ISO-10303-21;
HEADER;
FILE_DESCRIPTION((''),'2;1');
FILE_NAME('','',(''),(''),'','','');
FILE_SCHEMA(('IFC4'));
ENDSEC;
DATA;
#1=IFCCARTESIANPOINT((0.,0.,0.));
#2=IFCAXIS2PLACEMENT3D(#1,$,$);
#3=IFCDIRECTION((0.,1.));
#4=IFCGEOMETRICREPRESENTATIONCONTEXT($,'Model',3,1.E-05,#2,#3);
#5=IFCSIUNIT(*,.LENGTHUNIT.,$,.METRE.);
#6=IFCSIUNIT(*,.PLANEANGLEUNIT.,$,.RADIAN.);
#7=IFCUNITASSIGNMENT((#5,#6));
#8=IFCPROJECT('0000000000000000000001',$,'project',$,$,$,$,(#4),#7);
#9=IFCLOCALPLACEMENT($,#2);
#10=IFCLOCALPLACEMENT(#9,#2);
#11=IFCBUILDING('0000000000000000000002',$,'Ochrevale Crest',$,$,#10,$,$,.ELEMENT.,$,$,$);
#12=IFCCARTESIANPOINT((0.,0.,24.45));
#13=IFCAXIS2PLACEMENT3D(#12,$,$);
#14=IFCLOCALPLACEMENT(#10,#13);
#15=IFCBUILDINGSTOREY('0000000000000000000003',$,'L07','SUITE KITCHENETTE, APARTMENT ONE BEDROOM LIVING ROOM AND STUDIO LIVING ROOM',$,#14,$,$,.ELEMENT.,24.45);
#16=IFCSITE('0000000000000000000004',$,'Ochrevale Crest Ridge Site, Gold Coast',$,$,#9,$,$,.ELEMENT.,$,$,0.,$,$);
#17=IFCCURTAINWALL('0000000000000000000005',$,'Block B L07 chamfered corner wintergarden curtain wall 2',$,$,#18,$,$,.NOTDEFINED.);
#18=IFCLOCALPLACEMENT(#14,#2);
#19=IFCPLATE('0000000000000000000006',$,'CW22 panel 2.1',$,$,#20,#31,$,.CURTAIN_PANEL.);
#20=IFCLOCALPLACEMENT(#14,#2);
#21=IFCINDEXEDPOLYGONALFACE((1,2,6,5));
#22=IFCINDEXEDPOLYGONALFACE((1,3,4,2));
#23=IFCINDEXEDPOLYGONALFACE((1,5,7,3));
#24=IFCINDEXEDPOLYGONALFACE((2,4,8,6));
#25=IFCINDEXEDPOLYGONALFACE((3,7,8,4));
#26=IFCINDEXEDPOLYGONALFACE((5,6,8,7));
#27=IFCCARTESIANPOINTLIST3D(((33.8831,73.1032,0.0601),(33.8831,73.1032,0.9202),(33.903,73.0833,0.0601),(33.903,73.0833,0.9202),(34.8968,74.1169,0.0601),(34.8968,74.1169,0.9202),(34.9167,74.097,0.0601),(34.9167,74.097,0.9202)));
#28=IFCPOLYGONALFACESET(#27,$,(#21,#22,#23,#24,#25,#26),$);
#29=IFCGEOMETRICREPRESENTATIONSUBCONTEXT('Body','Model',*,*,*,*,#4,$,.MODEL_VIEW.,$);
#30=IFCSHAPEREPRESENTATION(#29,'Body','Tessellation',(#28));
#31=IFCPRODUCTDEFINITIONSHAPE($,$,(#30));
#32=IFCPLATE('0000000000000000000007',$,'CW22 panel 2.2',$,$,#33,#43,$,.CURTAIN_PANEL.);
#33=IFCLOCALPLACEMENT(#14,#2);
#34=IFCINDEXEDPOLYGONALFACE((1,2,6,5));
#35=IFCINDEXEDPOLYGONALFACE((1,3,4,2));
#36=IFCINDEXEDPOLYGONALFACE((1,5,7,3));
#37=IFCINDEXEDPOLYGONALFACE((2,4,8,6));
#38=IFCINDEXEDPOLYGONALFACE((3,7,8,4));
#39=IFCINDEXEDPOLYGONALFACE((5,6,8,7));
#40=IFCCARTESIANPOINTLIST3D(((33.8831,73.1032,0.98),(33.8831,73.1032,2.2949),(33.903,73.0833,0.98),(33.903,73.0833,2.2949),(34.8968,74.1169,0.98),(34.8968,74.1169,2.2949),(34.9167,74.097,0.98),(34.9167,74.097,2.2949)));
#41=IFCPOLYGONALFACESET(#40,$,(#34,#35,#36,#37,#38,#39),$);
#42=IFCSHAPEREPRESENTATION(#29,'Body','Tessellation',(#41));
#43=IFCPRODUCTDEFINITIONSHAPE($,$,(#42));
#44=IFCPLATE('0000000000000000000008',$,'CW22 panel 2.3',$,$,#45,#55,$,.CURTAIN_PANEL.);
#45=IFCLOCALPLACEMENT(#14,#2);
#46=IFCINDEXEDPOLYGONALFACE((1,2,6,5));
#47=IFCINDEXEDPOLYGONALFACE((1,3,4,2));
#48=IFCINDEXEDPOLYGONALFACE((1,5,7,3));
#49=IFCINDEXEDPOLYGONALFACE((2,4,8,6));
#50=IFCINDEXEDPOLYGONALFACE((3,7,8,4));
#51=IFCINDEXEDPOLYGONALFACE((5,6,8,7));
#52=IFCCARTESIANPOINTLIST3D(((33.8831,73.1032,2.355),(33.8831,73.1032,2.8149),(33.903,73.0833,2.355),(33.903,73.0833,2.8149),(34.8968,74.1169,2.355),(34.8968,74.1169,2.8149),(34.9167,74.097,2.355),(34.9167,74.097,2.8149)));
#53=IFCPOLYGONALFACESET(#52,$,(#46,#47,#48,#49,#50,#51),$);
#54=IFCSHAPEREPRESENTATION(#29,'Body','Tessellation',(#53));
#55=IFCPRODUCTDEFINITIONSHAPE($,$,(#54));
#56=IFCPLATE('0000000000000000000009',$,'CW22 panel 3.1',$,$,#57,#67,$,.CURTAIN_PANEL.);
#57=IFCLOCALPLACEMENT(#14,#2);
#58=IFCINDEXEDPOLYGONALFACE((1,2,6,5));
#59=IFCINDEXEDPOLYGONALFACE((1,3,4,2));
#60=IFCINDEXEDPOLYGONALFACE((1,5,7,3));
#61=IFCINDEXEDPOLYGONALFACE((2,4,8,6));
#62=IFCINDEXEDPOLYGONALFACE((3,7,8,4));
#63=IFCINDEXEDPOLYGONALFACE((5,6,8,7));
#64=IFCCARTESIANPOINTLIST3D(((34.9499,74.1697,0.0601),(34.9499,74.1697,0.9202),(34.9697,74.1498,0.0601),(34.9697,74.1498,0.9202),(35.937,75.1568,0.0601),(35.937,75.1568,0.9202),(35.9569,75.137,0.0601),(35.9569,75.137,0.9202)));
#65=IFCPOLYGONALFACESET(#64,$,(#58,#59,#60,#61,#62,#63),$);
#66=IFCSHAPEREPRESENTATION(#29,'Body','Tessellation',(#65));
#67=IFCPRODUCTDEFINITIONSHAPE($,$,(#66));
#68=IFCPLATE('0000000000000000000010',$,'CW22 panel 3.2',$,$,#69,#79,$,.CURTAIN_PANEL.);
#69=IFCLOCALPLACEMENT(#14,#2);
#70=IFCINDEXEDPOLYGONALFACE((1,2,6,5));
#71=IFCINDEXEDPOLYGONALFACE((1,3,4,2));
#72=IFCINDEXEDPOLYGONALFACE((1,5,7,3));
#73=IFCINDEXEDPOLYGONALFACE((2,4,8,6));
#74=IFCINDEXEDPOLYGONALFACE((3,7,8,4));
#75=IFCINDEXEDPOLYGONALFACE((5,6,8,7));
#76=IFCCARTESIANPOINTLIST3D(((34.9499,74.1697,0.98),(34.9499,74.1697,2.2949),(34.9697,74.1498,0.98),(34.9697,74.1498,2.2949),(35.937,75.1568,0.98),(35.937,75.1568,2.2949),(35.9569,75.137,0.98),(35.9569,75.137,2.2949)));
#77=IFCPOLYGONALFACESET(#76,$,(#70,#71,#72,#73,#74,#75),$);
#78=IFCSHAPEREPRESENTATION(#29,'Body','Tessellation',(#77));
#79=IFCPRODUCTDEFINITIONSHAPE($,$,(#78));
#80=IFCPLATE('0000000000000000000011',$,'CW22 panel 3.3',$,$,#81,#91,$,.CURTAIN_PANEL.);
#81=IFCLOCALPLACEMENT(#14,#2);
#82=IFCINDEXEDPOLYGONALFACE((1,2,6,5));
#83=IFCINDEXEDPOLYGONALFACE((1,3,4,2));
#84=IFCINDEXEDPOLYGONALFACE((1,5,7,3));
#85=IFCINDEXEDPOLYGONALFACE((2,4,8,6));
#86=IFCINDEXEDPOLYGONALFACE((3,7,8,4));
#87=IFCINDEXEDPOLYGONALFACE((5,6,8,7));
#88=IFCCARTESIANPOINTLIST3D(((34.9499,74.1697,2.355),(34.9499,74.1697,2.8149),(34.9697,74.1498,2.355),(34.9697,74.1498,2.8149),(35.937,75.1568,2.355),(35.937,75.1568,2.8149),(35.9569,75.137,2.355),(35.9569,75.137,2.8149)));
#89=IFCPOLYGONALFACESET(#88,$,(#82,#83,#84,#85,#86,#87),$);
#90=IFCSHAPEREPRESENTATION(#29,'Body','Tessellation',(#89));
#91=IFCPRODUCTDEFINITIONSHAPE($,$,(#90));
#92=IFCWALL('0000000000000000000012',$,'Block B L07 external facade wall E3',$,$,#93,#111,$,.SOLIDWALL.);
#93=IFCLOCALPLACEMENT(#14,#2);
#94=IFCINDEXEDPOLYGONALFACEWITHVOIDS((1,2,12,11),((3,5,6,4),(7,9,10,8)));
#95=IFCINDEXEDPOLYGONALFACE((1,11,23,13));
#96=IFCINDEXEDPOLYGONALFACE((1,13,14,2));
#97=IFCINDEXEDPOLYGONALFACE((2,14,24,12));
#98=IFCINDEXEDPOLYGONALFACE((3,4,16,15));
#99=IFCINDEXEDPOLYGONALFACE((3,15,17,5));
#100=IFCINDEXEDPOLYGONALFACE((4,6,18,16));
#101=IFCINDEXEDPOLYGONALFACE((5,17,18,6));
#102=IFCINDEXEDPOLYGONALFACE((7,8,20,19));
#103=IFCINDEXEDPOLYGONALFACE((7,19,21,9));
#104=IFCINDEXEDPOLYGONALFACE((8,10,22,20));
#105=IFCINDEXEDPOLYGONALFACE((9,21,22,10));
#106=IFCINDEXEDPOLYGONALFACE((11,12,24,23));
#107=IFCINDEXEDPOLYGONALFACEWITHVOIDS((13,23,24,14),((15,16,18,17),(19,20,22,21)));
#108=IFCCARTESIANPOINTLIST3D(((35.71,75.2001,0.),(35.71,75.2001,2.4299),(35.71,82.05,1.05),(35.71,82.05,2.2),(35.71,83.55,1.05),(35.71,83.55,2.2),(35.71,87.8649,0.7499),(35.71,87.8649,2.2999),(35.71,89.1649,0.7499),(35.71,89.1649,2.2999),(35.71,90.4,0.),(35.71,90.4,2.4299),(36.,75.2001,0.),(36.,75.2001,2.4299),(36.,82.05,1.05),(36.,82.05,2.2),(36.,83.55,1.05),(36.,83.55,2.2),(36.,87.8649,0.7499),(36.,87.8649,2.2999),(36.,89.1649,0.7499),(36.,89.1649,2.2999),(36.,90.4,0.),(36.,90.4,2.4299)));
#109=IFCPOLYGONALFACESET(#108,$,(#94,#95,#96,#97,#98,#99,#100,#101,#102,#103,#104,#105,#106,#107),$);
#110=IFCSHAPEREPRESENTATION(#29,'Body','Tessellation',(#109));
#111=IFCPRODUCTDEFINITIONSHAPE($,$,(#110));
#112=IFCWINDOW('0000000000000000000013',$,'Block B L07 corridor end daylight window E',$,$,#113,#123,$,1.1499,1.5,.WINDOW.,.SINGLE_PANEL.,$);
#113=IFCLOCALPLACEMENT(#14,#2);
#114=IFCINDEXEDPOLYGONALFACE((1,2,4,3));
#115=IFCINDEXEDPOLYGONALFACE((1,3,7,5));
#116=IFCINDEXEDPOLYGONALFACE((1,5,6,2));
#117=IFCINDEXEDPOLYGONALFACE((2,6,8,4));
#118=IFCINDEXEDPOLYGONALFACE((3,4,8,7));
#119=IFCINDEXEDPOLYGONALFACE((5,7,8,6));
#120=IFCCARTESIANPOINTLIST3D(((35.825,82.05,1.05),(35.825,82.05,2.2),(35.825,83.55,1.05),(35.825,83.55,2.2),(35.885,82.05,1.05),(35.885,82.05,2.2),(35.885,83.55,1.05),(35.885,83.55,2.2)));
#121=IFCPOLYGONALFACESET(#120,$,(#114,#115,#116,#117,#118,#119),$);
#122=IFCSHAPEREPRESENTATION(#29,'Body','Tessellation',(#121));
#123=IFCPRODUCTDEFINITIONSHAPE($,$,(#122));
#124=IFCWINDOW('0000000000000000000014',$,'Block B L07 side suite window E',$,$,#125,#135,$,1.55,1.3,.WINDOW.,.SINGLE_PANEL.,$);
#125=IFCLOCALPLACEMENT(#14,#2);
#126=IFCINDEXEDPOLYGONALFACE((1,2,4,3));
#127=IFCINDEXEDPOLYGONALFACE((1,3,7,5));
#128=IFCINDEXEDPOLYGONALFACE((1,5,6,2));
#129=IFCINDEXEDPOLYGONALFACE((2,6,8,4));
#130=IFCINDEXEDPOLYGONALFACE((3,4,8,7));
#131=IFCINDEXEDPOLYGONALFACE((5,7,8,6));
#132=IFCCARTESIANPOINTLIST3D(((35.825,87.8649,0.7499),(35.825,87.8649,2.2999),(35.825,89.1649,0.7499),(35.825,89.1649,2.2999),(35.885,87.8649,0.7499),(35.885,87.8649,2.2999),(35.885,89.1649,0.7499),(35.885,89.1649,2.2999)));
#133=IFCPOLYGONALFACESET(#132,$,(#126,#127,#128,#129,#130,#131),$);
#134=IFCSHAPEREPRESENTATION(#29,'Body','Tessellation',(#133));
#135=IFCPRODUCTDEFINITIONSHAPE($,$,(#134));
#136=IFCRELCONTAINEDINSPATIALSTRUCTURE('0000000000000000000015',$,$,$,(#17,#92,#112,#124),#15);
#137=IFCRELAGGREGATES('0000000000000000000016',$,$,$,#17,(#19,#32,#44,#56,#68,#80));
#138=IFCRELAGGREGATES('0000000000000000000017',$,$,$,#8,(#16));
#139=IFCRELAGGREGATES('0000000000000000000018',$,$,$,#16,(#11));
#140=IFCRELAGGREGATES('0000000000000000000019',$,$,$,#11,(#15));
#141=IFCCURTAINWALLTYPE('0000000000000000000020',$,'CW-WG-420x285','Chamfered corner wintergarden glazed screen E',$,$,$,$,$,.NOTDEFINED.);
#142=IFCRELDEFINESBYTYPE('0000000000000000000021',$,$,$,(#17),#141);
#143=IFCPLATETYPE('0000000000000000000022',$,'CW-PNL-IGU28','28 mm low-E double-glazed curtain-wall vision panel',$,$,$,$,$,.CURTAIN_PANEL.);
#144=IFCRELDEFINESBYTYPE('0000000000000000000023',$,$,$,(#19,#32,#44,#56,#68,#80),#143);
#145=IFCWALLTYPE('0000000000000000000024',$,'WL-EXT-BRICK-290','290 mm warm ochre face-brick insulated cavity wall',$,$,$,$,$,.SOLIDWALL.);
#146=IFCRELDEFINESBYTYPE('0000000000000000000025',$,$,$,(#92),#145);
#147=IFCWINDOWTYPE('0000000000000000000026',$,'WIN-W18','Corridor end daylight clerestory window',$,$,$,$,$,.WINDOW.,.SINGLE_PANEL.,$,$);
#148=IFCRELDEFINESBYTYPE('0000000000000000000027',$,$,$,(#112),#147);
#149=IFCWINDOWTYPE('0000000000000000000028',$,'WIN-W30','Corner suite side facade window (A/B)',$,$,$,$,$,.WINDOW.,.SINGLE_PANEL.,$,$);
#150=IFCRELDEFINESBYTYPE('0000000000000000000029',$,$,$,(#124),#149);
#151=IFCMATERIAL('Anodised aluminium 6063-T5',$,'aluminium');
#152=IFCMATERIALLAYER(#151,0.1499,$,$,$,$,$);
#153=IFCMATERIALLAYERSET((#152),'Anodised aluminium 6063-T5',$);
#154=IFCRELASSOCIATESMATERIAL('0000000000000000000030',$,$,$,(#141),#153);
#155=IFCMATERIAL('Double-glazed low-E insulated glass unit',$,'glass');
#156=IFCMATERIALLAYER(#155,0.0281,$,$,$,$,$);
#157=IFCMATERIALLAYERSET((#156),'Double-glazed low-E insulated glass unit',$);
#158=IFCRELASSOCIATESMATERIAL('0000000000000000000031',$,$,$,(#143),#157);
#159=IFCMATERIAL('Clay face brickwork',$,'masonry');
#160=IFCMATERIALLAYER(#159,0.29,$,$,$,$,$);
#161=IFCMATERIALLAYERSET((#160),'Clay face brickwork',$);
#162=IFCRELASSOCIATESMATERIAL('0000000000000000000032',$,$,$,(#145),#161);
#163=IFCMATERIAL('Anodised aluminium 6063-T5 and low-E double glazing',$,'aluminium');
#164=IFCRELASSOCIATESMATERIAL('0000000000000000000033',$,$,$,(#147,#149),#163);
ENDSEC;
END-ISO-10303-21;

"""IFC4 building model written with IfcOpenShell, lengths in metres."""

from ifc_helpers import new_model, si_unit, direction, frame, frame_2d, origin, origin_2d, place, context, subcontext, project, spatial, rectangle, extrude, material, layer, layer_set, type_object, element, fill, aggregate, save


model = new_model("IFC4")

# Units and contexts
model_context = context("Model", 3, precision=1e-05, world=origin(), true_north=direction((0.0, 1.0)))
body_context = subcontext(model_context, "Body", "Model", "MODEL_VIEW")
ifc_project = project(units=[si_unit("LENGTHUNIT", "METRE"), si_unit("PLANEANGLEUNIT", "RADIAN")], contexts=[model_context])

# Site, building, storey
site_placement = place(None, origin())
site = spatial("IfcSite", under=ifc_project, at=site_placement, Name="Ochrevale Crest Ridge Site, Gold Coast", CompositionType="ELEMENT", RefElevation=0.0)
building_placement = place(site_placement, origin())
building = spatial("IfcBuilding", under=site, at=building_placement, Name="Ochrevale Crest", CompositionType="ELEMENT")
storey_placement = place(building_placement, frame((0.0, 0.0, 24.45)))
storey = spatial("IfcBuildingStorey", under=building, at=storey_placement, Name="L07", Description="SUITE KITCHENETTE, APARTMENT ONE BEDROOM LIVING ROOM AND STUDIO LIVING ROOM", CompositionType="ELEMENT", Elevation=24.45)

# Curtain wall, plates
ifc_material_1 = material(Name="Anodised aluminium 6063-T5", Category="aluminium")
ifc_layer_1 = layer(ifc_material_1, 0.1499)
ifc_layer_set_1 = layer_set([ifc_layer_1], Name="Anodised aluminium 6063-T5")
curtain_wall_type = type_object("IfcCurtainWallType", Name="CW-WG-420x285", Description="Chamfered corner wintergarden glazed screen E", PredefinedType="NOTDEFINED", material=ifc_layer_set_1)
curtain_wall_placement = place(storey_placement, origin())
curtain_wall = element("IfcCurtainWall", 1, at=curtain_wall_placement, inside=storey, type_object=curtain_wall_type, Name="Block B L07 chamfered corner wintergarden curtain wall 2", PredefinedType="NOTDEFINED")
ifc_material_2 = material(Name="Double-glazed low-E insulated glass unit", Category="glass")
ifc_layer_2 = layer(ifc_material_2, 0.0281)
ifc_layer_set_2 = layer_set([ifc_layer_2], Name="Double-glazed low-E insulated glass unit")
plate_type = type_object("IfcPlateType", Name="CW-PNL-IGU28", Description="28 mm low-E double-glazed curtain-wall vision panel", PredefinedType="CURTAIN_PANEL", material=ifc_layer_set_2)
plate_1_placement = place(storey_placement, frame((34.3999, 73.6001, 0.0601), z_axis=(0.0, 0.0, 1.0), x_axis=(0.707107, 0.707107, 0.0)))
plate_1 = element("IfcPlate", 2, at=plate_1_placement, type_object=plate_type, Name="CW22 panel 2.1", PredefinedType="CURTAIN_PANEL", context=body_context, shape_type="SweptSolid", body=[
    extrude(rectangle(XDim=1.4336, YDim=0.0281, at=origin_2d()), origin(), (0.0, 0.0, 1.0), 0.8601),
])
plate_2_placement = place(storey_placement, frame((34.3999, 73.6001, 0.98), z_axis=(0.0, 0.0, 1.0), x_axis=(0.707107, 0.707107, 0.0)))
plate_2 = element("IfcPlate", 3, at=plate_2_placement, type_object=plate_type, Name="CW22 panel 2.2", PredefinedType="CURTAIN_PANEL", context=body_context, shape_type="SweptSolid", body=[
    extrude(rectangle(XDim=1.4336, YDim=0.0281, at=origin_2d()), origin(), (0.0, 0.0, 1.0), 1.3149),
])
plate_3_placement = place(storey_placement, frame((34.3999, 73.6001, 2.355), z_axis=(0.0, 0.0, 1.0), x_axis=(0.707107, 0.707107, 0.0)))
plate_3 = element("IfcPlate", 4, at=plate_3_placement, type_object=plate_type, Name="CW22 panel 2.3", PredefinedType="CURTAIN_PANEL", context=body_context, shape_type="SweptSolid", body=[
    extrude(rectangle(XDim=1.4336, YDim=0.0281, at=origin_2d()), origin(), (0.0, 0.0, 1.0), 0.46),
])
plate_4_placement = place(storey_placement, frame((35.4534, 74.6533, 0.0601), z_axis=(0.0, 0.0, 1.0), x_axis=(0.707107, 0.707107, 0.0)))
plate_4 = element("IfcPlate", 5, at=plate_4_placement, type_object=plate_type, Name="CW22 panel 3.1", PredefinedType="CURTAIN_PANEL", context=body_context, shape_type="SweptSolid", body=[
    extrude(rectangle(XDim=1.396, YDim=0.0281, at=origin_2d()), origin(), (0.0, 0.0, 1.0), 0.8601),
])
plate_5_placement = place(storey_placement, frame((35.4534, 74.6533, 0.98), z_axis=(0.0, 0.0, 1.0), x_axis=(0.707107, 0.707107, 0.0)))
plate_5 = element("IfcPlate", 6, at=plate_5_placement, type_object=plate_type, Name="CW22 panel 3.2", PredefinedType="CURTAIN_PANEL", context=body_context, shape_type="SweptSolid", body=[
    extrude(rectangle(XDim=1.396, YDim=0.0281, at=origin_2d()), origin(), (0.0, 0.0, 1.0), 1.3149),
])
plate_6_placement = place(storey_placement, frame((35.4534, 74.6533, 2.355), z_axis=(0.0, 0.0, 1.0), x_axis=(0.707107, 0.707107, 0.0)))
plate_6 = element("IfcPlate", 7, at=plate_6_placement, type_object=plate_type, Name="CW22 panel 3.3", PredefinedType="CURTAIN_PANEL", context=body_context, shape_type="SweptSolid", body=[
    extrude(rectangle(XDim=1.396, YDim=0.0281, at=origin_2d()), origin(), (0.0, 0.0, 1.0), 0.46),
])
aggregate(curtain_wall, [plate_1, plate_2, plate_3, plate_4, plate_5, plate_6])

# Wall, openings, windows
ifc_material_3 = material(Name="Clay face brickwork", Category="masonry")
ifc_layer_3 = layer(ifc_material_3, 0.29)
ifc_layer_set_3 = layer_set([ifc_layer_3], Name="Clay face brickwork")
wall_type = type_object("IfcWallType", Name="WL-EXT-BRICK-290", Description="290 mm warm ochre face-brick insulated cavity wall", PredefinedType="SOLIDWALL", material=ifc_layer_set_3)
wall_placement = place(storey_placement, frame((35.855, 75.2, 0.0), z_axis=(0.0, 0.0, 1.0), x_axis=(0.0, 1.0, 0.0)))
wall = element("IfcWall", 8, at=wall_placement, inside=storey, type_object=wall_type, Name="Block B L07 external facade wall E3", PredefinedType="SOLIDWALL", context=body_context, shape_type="SweptSolid", body=[
    extrude(rectangle(XDim=15.2, YDim=0.29, at=frame_2d((7.6001, 0.0))), origin(), (0.0, 0.0, 1.0), 2.4299),
])
opening_1_placement = place(wall_placement, frame((6.8501, 0.0, 1.05)))
opening_1 = element("IfcOpeningElement", 9, at=opening_1_placement, cuts=wall, PredefinedType="OPENING", context=body_context, shape_type="SweptSolid", body=[
    extrude(rectangle(XDim=1.5, YDim=1.1499, at=frame_2d((0.75, 0.575))), frame((0.0, 0.155, 0.0), z_axis=(0.0, -1.0, 0.0), x_axis=(1.0, 0.0, 0.0)), (0.0, 0.0, 1.0), 0.3101),
])
opening_2_placement = place(wall_placement, frame((12.665, 0.0, 0.75)))
opening_2 = element("IfcOpeningElement", 10, at=opening_2_placement, cuts=wall, PredefinedType="OPENING", context=body_context, shape_type="SweptSolid", body=[
    extrude(rectangle(XDim=1.3, YDim=1.55, at=frame_2d((0.6499, 0.7749))), frame((0.0, 0.155, 0.0), z_axis=(0.0, -1.0, 0.0), x_axis=(1.0, 0.0, 0.0)), (0.0, 0.0, 1.0), 0.3101),
])
ifc_material_4 = material(Name="Anodised aluminium 6063-T5 and low-E double glazing", Category="aluminium")
window_type_1 = type_object("IfcWindowType", Name="WIN-W18", Description="Corridor end daylight clerestory window", PartitioningType="SINGLE_PANEL", PredefinedType="WINDOW", material=ifc_material_4)
window_1_placement = place(opening_1_placement, origin())
window_1 = element("IfcWindow", 11, at=window_1_placement, inside=storey, type_object=window_type_1, Name="Block B L07 corridor end daylight window E", OverallHeight=1.1499, OverallWidth=1.5, PartitioningType="SINGLE_PANEL", PredefinedType="WINDOW", context=body_context, shape_type="SweptSolid", body=[
    extrude(rectangle(XDim=1.5, YDim=1.1499, at=frame_2d((0.75, 0.575))), frame((0.0, 0.03, 0.0), z_axis=(0.0, -1.0, 0.0), x_axis=(1.0, 0.0, 0.0)), (0.0, 0.0, 1.0), 0.0601),
])
fill(opening_1, window_1)
window_type_2 = type_object("IfcWindowType", Name="WIN-W30", Description="Corner suite side facade window (A/B)", PartitioningType="SINGLE_PANEL", PredefinedType="WINDOW", material=ifc_material_4)
window_2_placement = place(opening_2_placement, origin())
window_2 = element("IfcWindow", 12, at=window_2_placement, inside=storey, type_object=window_type_2, Name="Block B L07 side suite window E", OverallHeight=1.55, OverallWidth=1.3, PartitioningType="SINGLE_PANEL", PredefinedType="WINDOW", context=body_context, shape_type="SweptSolid", body=[
    extrude(rectangle(XDim=1.3, YDim=1.55, at=frame_2d((0.6499, 0.7749))), frame((0.0, 0.03, 0.0), z_axis=(0.0, -1.0, 0.0), x_axis=(1.0, 0.0, 0.0)), (0.0, 0.0, 1.0), 0.0601),
])
fill(opening_2, window_2)

save(model, "model.ifc")
